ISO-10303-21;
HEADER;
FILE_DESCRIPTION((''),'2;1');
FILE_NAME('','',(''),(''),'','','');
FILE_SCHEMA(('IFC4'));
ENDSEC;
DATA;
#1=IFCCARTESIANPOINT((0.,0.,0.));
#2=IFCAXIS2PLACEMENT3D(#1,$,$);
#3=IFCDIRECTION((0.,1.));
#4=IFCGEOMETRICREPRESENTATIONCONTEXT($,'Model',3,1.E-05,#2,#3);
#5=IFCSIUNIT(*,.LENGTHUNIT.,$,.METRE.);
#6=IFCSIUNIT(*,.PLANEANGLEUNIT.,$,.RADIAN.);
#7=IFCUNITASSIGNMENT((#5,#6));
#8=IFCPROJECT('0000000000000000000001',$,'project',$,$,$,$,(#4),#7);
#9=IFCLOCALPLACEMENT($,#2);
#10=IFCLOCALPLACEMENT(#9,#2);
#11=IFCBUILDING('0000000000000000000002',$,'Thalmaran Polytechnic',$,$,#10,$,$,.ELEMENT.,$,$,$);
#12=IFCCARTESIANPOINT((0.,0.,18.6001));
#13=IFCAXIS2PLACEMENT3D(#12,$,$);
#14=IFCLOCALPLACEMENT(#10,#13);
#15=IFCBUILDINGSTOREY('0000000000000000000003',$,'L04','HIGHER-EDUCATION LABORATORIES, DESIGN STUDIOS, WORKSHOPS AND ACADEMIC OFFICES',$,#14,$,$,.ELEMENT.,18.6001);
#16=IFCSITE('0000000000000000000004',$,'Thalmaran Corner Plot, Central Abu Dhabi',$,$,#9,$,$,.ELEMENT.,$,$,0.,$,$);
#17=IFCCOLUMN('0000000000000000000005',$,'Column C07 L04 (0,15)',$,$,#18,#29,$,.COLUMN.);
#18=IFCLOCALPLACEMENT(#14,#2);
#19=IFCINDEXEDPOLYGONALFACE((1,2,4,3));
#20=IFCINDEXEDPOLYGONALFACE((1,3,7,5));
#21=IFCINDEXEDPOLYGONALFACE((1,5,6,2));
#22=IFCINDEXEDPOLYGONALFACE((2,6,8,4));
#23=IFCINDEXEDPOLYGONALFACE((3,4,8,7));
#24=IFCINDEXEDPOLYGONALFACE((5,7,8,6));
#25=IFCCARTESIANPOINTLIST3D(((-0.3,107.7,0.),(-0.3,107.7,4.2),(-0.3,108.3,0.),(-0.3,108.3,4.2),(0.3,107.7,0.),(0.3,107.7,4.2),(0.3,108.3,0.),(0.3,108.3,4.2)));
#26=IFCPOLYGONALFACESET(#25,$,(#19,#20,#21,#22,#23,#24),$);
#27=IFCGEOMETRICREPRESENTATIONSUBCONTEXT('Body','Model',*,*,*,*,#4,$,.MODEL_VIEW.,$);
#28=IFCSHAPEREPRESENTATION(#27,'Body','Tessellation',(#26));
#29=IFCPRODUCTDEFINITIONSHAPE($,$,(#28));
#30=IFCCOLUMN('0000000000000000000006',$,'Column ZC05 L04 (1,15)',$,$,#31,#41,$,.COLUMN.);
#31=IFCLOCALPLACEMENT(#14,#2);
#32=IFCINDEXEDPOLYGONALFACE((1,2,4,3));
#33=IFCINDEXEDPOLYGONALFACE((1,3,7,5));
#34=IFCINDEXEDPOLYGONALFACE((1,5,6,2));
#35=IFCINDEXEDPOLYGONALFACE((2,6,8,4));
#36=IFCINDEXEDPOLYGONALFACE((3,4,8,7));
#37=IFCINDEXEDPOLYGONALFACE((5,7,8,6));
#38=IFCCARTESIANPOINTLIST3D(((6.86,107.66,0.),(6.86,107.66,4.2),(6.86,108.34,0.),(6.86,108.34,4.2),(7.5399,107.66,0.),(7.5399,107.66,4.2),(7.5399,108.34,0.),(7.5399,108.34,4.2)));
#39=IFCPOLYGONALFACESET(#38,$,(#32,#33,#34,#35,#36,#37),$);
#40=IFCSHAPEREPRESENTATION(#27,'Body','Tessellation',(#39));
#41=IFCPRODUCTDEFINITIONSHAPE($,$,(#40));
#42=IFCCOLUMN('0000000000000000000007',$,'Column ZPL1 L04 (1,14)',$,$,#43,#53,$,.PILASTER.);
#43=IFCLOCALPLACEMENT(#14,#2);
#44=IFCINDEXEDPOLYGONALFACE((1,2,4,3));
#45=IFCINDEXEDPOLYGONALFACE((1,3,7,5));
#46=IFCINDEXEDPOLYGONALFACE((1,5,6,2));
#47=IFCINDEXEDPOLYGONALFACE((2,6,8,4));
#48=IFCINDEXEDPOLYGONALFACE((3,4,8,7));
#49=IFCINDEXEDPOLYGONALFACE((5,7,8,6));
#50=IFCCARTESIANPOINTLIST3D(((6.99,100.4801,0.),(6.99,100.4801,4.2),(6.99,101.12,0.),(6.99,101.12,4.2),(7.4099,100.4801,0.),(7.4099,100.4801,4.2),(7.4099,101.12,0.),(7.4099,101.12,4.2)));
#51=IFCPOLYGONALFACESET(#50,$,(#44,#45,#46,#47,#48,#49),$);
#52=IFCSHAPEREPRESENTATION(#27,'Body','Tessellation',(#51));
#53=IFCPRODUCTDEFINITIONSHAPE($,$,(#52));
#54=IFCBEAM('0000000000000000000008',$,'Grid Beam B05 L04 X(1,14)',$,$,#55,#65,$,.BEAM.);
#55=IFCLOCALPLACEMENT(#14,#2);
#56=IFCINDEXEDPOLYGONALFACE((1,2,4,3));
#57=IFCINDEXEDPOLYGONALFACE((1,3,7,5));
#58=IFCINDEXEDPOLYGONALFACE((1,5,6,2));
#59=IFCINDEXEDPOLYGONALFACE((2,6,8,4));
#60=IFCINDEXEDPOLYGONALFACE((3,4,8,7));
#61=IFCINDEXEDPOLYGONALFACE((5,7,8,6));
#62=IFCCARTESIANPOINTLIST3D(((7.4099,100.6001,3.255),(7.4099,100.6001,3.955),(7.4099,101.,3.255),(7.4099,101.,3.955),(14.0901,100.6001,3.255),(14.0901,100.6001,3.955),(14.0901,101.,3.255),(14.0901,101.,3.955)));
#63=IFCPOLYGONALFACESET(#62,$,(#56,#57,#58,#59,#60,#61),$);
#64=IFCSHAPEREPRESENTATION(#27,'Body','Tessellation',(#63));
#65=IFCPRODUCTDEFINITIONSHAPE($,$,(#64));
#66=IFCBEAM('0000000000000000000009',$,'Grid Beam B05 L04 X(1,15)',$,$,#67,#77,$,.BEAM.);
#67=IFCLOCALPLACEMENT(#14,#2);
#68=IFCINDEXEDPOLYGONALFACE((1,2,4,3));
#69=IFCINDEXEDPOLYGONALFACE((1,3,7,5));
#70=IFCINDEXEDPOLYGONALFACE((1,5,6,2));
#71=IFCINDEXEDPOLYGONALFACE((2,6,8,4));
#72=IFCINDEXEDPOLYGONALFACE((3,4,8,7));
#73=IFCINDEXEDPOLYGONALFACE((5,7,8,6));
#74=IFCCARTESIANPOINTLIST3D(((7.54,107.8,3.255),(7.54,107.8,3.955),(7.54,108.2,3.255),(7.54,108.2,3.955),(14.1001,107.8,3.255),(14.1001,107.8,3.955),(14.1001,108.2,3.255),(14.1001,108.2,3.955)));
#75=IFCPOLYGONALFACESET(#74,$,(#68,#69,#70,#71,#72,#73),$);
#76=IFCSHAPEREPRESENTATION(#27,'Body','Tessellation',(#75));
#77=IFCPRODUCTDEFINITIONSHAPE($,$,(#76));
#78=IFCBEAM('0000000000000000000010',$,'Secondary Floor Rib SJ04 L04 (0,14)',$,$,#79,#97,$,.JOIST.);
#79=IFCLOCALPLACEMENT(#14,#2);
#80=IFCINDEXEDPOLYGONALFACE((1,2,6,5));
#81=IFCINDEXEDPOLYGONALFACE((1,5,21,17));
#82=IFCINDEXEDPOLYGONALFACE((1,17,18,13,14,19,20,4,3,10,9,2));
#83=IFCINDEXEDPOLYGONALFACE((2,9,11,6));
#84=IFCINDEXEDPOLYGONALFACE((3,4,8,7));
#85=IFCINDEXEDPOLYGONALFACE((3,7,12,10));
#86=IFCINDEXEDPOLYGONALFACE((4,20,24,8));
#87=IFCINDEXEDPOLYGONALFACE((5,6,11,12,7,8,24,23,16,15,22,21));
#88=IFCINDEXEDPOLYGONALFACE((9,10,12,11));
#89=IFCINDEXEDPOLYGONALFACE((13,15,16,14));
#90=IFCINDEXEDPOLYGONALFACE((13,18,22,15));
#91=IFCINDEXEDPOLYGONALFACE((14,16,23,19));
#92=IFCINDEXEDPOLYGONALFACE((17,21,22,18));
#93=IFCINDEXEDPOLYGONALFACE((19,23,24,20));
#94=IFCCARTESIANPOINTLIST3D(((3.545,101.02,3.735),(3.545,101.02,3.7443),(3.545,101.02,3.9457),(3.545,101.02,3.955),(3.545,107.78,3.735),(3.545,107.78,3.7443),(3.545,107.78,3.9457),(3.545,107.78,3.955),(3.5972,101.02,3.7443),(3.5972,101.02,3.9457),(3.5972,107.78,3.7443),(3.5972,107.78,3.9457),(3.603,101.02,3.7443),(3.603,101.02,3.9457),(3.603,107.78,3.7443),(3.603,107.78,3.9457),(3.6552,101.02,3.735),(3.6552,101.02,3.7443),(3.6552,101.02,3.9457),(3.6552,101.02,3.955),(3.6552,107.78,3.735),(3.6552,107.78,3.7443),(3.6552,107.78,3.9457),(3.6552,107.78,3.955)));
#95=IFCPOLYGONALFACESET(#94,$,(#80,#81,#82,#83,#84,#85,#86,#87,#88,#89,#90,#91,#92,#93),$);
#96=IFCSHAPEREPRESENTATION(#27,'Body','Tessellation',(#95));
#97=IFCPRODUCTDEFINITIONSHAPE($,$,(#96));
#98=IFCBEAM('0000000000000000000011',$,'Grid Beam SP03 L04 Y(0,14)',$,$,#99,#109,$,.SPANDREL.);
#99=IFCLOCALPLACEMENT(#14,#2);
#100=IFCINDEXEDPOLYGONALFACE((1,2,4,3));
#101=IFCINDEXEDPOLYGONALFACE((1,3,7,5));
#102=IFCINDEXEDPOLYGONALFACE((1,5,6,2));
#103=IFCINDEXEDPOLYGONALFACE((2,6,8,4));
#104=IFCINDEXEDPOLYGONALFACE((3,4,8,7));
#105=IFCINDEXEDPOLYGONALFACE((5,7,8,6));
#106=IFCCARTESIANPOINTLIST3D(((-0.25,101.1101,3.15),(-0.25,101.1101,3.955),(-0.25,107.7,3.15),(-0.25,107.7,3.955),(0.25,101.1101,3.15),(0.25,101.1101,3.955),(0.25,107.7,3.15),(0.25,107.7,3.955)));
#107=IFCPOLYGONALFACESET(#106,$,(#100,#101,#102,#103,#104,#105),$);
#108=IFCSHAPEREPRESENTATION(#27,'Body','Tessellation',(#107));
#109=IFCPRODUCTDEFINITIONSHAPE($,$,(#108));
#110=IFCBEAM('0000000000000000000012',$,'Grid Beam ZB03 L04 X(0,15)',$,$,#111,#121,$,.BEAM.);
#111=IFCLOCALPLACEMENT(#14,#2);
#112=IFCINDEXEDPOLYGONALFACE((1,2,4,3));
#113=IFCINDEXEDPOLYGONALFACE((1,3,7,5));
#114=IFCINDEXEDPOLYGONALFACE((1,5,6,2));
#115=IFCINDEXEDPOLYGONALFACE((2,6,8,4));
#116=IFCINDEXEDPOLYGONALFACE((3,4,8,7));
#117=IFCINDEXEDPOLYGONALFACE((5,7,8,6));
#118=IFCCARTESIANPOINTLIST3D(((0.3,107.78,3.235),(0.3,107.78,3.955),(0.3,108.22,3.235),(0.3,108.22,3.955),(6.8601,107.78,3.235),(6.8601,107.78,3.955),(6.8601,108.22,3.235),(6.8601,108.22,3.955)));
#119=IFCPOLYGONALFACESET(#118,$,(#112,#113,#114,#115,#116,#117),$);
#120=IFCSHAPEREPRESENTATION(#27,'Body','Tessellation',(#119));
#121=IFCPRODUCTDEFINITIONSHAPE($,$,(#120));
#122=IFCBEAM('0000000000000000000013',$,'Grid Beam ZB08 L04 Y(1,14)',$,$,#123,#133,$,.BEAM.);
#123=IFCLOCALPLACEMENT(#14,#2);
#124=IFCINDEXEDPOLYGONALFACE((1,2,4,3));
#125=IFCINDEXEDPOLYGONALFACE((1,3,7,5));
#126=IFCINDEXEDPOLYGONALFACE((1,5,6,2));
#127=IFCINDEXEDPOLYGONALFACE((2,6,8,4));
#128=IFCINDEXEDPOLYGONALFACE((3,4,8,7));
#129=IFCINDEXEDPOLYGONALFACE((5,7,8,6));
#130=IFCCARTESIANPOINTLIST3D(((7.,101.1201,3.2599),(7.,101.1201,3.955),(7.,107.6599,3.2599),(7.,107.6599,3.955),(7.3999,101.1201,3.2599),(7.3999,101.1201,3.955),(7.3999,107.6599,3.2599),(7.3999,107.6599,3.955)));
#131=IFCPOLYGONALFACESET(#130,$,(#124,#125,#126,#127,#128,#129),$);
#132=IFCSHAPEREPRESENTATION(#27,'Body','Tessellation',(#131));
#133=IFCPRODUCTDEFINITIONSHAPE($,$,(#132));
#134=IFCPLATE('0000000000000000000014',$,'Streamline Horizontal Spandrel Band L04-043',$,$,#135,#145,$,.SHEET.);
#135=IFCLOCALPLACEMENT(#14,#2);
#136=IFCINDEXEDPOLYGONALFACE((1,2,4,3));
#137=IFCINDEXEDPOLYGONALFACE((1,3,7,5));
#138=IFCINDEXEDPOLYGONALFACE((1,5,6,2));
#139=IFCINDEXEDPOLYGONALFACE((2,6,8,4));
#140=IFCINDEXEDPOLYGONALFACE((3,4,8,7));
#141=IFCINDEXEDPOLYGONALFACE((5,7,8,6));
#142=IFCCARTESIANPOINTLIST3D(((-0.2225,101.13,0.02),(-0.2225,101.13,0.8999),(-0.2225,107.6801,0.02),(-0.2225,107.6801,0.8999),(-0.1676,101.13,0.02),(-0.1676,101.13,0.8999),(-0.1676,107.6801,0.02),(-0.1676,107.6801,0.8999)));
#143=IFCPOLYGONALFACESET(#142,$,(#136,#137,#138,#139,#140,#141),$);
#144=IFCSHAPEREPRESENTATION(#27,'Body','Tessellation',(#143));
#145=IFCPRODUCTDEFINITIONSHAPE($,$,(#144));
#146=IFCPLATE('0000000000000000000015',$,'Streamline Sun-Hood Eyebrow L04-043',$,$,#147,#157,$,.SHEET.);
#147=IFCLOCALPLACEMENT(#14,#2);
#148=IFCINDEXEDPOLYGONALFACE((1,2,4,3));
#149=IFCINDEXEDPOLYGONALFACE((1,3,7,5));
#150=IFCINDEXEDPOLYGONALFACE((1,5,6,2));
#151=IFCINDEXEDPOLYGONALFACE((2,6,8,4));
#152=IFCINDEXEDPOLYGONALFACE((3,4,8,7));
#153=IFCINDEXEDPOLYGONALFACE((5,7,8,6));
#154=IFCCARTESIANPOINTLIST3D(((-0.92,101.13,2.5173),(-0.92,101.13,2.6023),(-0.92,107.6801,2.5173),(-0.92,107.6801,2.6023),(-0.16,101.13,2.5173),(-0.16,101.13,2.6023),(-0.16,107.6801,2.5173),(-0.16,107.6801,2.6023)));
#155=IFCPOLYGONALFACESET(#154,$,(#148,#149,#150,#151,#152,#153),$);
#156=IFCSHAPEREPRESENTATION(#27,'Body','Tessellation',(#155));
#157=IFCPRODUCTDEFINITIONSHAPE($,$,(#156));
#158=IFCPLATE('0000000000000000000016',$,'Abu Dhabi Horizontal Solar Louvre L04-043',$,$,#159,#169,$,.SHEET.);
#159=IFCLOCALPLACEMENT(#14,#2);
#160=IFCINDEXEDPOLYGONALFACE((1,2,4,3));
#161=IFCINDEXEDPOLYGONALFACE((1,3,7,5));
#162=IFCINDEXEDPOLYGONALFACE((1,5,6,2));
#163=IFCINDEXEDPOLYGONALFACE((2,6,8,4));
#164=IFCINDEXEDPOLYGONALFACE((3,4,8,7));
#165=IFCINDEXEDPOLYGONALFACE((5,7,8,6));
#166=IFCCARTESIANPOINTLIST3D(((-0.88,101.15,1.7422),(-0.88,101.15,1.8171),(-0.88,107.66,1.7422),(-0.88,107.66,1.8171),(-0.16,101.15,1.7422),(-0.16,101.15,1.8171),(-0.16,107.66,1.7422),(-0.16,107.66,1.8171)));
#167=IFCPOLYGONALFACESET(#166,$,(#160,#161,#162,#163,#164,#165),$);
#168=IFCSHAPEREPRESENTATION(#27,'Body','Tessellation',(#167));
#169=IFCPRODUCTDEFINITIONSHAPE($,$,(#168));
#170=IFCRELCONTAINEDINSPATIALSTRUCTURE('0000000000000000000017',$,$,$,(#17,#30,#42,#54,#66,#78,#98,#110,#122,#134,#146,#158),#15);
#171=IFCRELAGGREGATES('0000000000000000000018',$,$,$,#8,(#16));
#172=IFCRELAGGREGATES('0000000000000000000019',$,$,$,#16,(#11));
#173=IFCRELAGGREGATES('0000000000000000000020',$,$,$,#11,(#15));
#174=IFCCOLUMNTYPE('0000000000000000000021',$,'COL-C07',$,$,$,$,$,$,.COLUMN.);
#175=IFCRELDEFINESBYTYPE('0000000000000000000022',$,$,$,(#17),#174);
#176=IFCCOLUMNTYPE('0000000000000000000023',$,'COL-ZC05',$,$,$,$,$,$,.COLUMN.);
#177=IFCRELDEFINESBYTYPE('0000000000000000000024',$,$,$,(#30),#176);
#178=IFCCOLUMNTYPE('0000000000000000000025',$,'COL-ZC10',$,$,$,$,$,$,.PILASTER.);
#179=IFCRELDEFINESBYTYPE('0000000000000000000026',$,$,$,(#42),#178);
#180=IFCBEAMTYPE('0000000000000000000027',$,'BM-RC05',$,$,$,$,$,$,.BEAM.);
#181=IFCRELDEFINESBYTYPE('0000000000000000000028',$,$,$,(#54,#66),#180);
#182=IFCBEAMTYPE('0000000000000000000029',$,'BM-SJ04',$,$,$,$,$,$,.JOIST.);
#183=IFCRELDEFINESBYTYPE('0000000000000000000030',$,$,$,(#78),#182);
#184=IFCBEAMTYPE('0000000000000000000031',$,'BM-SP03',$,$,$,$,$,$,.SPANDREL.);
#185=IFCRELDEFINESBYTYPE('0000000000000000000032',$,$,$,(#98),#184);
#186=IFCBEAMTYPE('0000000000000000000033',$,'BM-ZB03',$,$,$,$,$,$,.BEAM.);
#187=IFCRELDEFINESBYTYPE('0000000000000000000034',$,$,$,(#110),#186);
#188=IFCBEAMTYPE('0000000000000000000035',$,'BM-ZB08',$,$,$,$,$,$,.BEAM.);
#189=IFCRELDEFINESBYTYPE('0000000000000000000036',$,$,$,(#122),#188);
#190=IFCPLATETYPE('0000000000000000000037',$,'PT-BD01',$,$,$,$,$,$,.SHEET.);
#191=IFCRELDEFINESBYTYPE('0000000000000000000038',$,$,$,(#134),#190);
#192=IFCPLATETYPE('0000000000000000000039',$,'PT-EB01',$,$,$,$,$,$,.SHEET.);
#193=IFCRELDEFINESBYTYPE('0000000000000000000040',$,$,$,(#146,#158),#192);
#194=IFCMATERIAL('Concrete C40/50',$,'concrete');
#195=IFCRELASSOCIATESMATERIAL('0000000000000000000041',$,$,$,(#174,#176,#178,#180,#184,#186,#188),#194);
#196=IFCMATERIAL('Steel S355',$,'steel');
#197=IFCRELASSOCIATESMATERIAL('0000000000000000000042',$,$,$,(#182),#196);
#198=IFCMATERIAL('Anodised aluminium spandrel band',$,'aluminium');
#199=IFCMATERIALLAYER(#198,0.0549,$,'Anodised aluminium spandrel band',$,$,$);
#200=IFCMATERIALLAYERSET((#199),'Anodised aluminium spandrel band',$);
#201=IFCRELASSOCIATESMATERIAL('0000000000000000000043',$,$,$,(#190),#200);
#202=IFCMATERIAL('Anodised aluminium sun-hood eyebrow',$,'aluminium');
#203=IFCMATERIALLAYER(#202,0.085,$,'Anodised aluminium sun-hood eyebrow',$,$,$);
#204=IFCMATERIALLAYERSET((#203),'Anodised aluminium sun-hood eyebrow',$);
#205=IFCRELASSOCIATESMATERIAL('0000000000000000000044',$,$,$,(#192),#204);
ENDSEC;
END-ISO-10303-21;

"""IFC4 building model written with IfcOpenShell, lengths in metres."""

from ifc_helpers import new_model, si_unit, direction, frame, origin, origin_2d, place, context, subcontext, project, spatial, rectangle, i_section, extrude, material, layer, layer_set, material_profile, profile_set, type_object, element, save


model = new_model("IFC4")

# Units and contexts
model_context = context("Model", 3, precision=1e-05, world=origin(), true_north=direction((0.0, 1.0)))
body_context = subcontext(model_context, "Body", "Model", "MODEL_VIEW")
ifc_project = project(units=[si_unit("LENGTHUNIT", "METRE"), si_unit("PLANEANGLEUNIT", "RADIAN")], contexts=[model_context])

# Site, building, storey
site_placement = place(None, origin())
site = spatial("IfcSite", under=ifc_project, at=site_placement, Name="Thalmaran Corner Plot, Central Abu Dhabi", CompositionType="ELEMENT", RefElevation=0.0)
building_placement = place(site_placement, origin())
building = spatial("IfcBuilding", under=site, at=building_placement, Name="Thalmaran Polytechnic", CompositionType="ELEMENT")
storey_placement = place(building_placement, frame((0.0, 0.0, 18.6001)))
storey = spatial("IfcBuildingStorey", under=building, at=storey_placement, Name="L04", Description="HIGHER-EDUCATION LABORATORIES, DESIGN STUDIOS, WORKSHOPS AND ACADEMIC OFFICES", CompositionType="ELEMENT", Elevation=18.6001)

# Columns
ifc_material_1 = material(Name="Concrete C40/50", Category="concrete")
ifc_material_profile_1 = material_profile(ifc_material_1, rectangle(XDim=0.6001, YDim=0.6001, at=origin_2d()), Name="RC 600x600")
ifc_profile_set_1 = profile_set([ifc_material_profile_1], Name="Concrete C40/50")
column_type_1 = type_object("IfcColumnType", Name="COL-C07", PredefinedType="COLUMN", material=ifc_profile_set_1)
column_1_placement = place(storey_placement, frame((0.0, 108.0, 0.0), z_axis=(0.0, 0.0, 1.0), x_axis=(1.0, 0.0, 0.0)))
element("IfcColumn", 1, at=column_1_placement, inside=storey, type_object=column_type_1, Name="Column C07 L04 (0,15)", PredefinedType="COLUMN", context=body_context, shape_type="SweptSolid", body=[
    extrude(rectangle(XDim=0.6001, YDim=0.6001, at=origin_2d()), origin(), (0.0, 0.0, 1.0), 4.2),
])
ifc_material_profile_2 = material_profile(ifc_material_1, rectangle(XDim=0.6799, YDim=0.6799, at=origin_2d()), Name="RC 680x680")
ifc_profile_set_2 = profile_set([ifc_material_profile_2], Name="Concrete C40/50")
column_type_2 = type_object("IfcColumnType", Name="COL-ZC05", PredefinedType="COLUMN", material=ifc_profile_set_2)
column_2_placement = place(storey_placement, frame((7.2, 108.0, 0.0), z_axis=(0.0, 0.0, 1.0), x_axis=(1.0, 0.0, 0.0)))
element("IfcColumn", 2, at=column_2_placement, inside=storey, type_object=column_type_2, Name="Column ZC05 L04 (1,15)", PredefinedType="COLUMN", context=body_context, shape_type="SweptSolid", body=[
    extrude(rectangle(XDim=0.6799, YDim=0.6799, at=origin_2d()), origin(), (0.0, 0.0, 1.0), 4.2),
])
ifc_material_profile_3 = material_profile(ifc_material_1, rectangle(XDim=0.4199, YDim=0.6399, at=origin_2d()), Name="RC 420x640")
ifc_profile_set_3 = profile_set([ifc_material_profile_3], Name="Concrete C40/50")
column_type_3 = type_object("IfcColumnType", Name="COL-ZC10", PredefinedType="PILASTER", material=ifc_profile_set_3)
column_3_placement = place(storey_placement, frame((7.2, 100.8, 0.0), z_axis=(0.0, 0.0, 1.0), x_axis=(1.0, 0.0, 0.0)))
element("IfcColumn", 3, at=column_3_placement, inside=storey, type_object=column_type_3, Name="Column ZPL1 L04 (1,14)", PredefinedType="PILASTER", context=body_context, shape_type="SweptSolid", body=[
    extrude(rectangle(XDim=0.4199, YDim=0.6399, at=origin_2d()), origin(), (0.0, 0.0, 1.0), 4.2),
])

# Beams
ifc_material_profile_4 = material_profile(ifc_material_1, rectangle(XDim=0.3999, YDim=0.7, at=origin_2d()), Name="RC 400x700")
ifc_profile_set_4 = profile_set([ifc_material_profile_4], Name="Concrete C40/50")
beam_type_1 = type_object("IfcBeamType", Name="BM-RC05", PredefinedType="BEAM", material=ifc_profile_set_4)
beam_1_placement = place(storey_placement, frame((7.4099, 100.8, 3.605), z_axis=(1.0, 0.0, 0.0), x_axis=(0.0, 1.0, 0.0)))
element("IfcBeam", 4, at=beam_1_placement, inside=storey, type_object=beam_type_1, Name="Grid Beam B05 L04 X(1,14)", PredefinedType="BEAM", context=body_context, shape_type="SweptSolid", body=[
    extrude(rectangle(XDim=0.3999, YDim=0.7, at=origin_2d()), origin(), (0.0, 0.0, 1.0), 6.6802),
])
beam_2_placement = place(storey_placement, frame((7.54, 108.0, 3.605), z_axis=(1.0, 0.0, 0.0), x_axis=(0.0, 1.0, 0.0)))
element("IfcBeam", 5, at=beam_2_placement, inside=storey, type_object=beam_type_1, Name="Grid Beam B05 L04 X(1,15)", PredefinedType="BEAM", context=body_context, shape_type="SweptSolid", body=[
    extrude(rectangle(XDim=0.3999, YDim=0.7, at=origin_2d()), origin(), (0.0, 0.0, 1.0), 6.5601),
])
ifc_material_2 = material(Name="Steel S355", Category="steel")
ifc_material_profile_5 = material_profile(ifc_material_2, i_section(OverallWidth=0.1101, OverallDepth=0.22, WebThickness=0.0059, FlangeThickness=0.0093, at=origin_2d()), Name="IPE 220")
ifc_profile_set_5 = profile_set([ifc_material_profile_5], Name="Steel S355")
beam_type_2 = type_object("IfcBeamType", Name="BM-SJ04", PredefinedType="JOIST", material=ifc_profile_set_5)
beam_3_placement = place(storey_placement, frame((3.6001, 101.02, 3.845), z_axis=(0.0, 1.0, 0.0), x_axis=(-1.0, 0.0, 0.0)))
element("IfcBeam", 6, at=beam_3_placement, inside=storey, type_object=beam_type_2, Name="Secondary Floor Rib SJ04 L04 (0,14)", PredefinedType="JOIST", context=body_context, shape_type="SweptSolid", body=[
    extrude(i_section(OverallWidth=0.1101, OverallDepth=0.22, WebThickness=0.0059, FlangeThickness=0.0093, at=origin_2d()), origin(), (0.0, 0.0, 1.0), 6.76),
])
ifc_material_profile_6 = material_profile(ifc_material_1, rectangle(XDim=0.5, YDim=0.8049, at=origin_2d()), Name="RC 500x805")
ifc_profile_set_6 = profile_set([ifc_material_profile_6], Name="Concrete C40/50")
beam_type_3 = type_object("IfcBeamType", Name="BM-SP03", PredefinedType="SPANDREL", material=ifc_profile_set_6)
beam_4_placement = place(storey_placement, frame((0.0, 101.1101, 3.5525), z_axis=(0.0, 1.0, 0.0), x_axis=(-1.0, 0.0, 0.0)))
element("IfcBeam", 7, at=beam_4_placement, inside=storey, type_object=beam_type_3, Name="Grid Beam SP03 L04 Y(0,14)", PredefinedType="SPANDREL", context=body_context, shape_type="SweptSolid", body=[
    extrude(rectangle(XDim=0.5, YDim=0.8049, at=origin_2d()), origin(), (0.0, 0.0, 1.0), 6.5898),
])
ifc_material_profile_7 = material_profile(ifc_material_1, rectangle(XDim=0.4399, YDim=0.72, at=origin_2d()), Name="RC 440x720")
ifc_profile_set_7 = profile_set([ifc_material_profile_7], Name="Concrete C40/50")
beam_type_4 = type_object("IfcBeamType", Name="BM-ZB03", PredefinedType="BEAM", material=ifc_profile_set_7)
beam_5_placement = place(storey_placement, frame((0.3, 108.0, 3.595), z_axis=(1.0, 0.0, 0.0), x_axis=(0.0, 1.0, 0.0)))
element("IfcBeam", 8, at=beam_5_placement, inside=storey, type_object=beam_type_4, Name="Grid Beam ZB03 L04 X(0,15)", PredefinedType="BEAM", context=body_context, shape_type="SweptSolid", body=[
    extrude(rectangle(XDim=0.4399, YDim=0.72, at=origin_2d()), origin(), (0.0, 0.0, 1.0), 6.5601),
])
ifc_material_profile_8 = material_profile(ifc_material_1, rectangle(XDim=0.3999, YDim=0.6951, at=origin_2d()), Name="RC 400x695")
ifc_profile_set_8 = profile_set([ifc_material_profile_8], Name="Concrete C40/50")
beam_type_5 = type_object("IfcBeamType", Name="BM-ZB08", PredefinedType="BEAM", material=ifc_profile_set_8)
beam_6_placement = place(storey_placement, frame((7.2, 101.1201, 3.6074), z_axis=(0.0, 1.0, 0.0), x_axis=(-1.0, 0.0, 0.0)))
element("IfcBeam", 9, at=beam_6_placement, inside=storey, type_object=beam_type_5, Name="Grid Beam ZB08 L04 Y(1,14)", PredefinedType="BEAM", context=body_context, shape_type="SweptSolid", body=[
    extrude(rectangle(XDim=0.3999, YDim=0.6951, at=origin_2d()), origin(), (0.0, 0.0, 1.0), 6.5398),
])

# Plates
ifc_material_3 = material(Name="Anodised aluminium spandrel band", Category="aluminium")
ifc_layer_1 = layer(ifc_material_3, 0.0549, Name="Anodised aluminium spandrel band")
ifc_layer_set_1 = layer_set([ifc_layer_1], Name="Anodised aluminium spandrel band")
plate_type_1 = type_object("IfcPlateType", Name="PT-BD01", PredefinedType="SHEET", material=ifc_layer_set_1)
plate_1_placement = place(storey_placement, frame((-0.1951, 104.405, 0.02), z_axis=(0.0, 0.0, 1.0), x_axis=(0.0, 1.0, 0.0)))
element("IfcPlate", 10, at=plate_1_placement, inside=storey, type_object=plate_type_1, Name="Streamline Horizontal Spandrel Band L04-043", PredefinedType="SHEET", context=body_context, shape_type="SweptSolid", body=[
    extrude(rectangle(XDim=6.55, YDim=0.0549, at=origin_2d()), origin(), (0.0, 0.0, 1.0), 0.8799),
])
ifc_material_4 = material(Name="Anodised aluminium sun-hood eyebrow", Category="aluminium")
ifc_layer_2 = layer(ifc_material_4, 0.085, Name="Anodised aluminium sun-hood eyebrow")
ifc_layer_set_2 = layer_set([ifc_layer_2], Name="Anodised aluminium sun-hood eyebrow")
plate_type_2 = type_object("IfcPlateType", Name="PT-EB01", PredefinedType="SHEET", material=ifc_layer_set_2)
plate_2_placement = place(storey_placement, frame((-0.54, 104.405, 2.5173), z_axis=(0.0, 0.0, 1.0), x_axis=(0.0, 1.0, 0.0)))
element("IfcPlate", 11, at=plate_2_placement, inside=storey, type_object=plate_type_2, Name="Streamline Sun-Hood Eyebrow L04-043", PredefinedType="SHEET", context=body_context, shape_type="SweptSolid", body=[
    extrude(rectangle(XDim=6.55, YDim=0.76, at=origin_2d()), origin(), (0.0, 0.0, 1.0), 0.085),
])
plate_3_placement = place(storey_placement, frame((-0.52, 104.405, 1.7422), z_axis=(0.0, 0.0, 1.0), x_axis=(0.0, 1.0, 0.0)))
element("IfcPlate", 12, at=plate_3_placement, inside=storey, type_object=plate_type_2, Name="Abu Dhabi Horizontal Solar Louvre L04-043", PredefinedType="SHEET", context=body_context, shape_type="SweptSolid", body=[
    extrude(rectangle(XDim=6.51, YDim=0.72, at=origin_2d()), origin(), (0.0, 0.0, 1.0), 0.075),
])

save(model, "model.ifc")
